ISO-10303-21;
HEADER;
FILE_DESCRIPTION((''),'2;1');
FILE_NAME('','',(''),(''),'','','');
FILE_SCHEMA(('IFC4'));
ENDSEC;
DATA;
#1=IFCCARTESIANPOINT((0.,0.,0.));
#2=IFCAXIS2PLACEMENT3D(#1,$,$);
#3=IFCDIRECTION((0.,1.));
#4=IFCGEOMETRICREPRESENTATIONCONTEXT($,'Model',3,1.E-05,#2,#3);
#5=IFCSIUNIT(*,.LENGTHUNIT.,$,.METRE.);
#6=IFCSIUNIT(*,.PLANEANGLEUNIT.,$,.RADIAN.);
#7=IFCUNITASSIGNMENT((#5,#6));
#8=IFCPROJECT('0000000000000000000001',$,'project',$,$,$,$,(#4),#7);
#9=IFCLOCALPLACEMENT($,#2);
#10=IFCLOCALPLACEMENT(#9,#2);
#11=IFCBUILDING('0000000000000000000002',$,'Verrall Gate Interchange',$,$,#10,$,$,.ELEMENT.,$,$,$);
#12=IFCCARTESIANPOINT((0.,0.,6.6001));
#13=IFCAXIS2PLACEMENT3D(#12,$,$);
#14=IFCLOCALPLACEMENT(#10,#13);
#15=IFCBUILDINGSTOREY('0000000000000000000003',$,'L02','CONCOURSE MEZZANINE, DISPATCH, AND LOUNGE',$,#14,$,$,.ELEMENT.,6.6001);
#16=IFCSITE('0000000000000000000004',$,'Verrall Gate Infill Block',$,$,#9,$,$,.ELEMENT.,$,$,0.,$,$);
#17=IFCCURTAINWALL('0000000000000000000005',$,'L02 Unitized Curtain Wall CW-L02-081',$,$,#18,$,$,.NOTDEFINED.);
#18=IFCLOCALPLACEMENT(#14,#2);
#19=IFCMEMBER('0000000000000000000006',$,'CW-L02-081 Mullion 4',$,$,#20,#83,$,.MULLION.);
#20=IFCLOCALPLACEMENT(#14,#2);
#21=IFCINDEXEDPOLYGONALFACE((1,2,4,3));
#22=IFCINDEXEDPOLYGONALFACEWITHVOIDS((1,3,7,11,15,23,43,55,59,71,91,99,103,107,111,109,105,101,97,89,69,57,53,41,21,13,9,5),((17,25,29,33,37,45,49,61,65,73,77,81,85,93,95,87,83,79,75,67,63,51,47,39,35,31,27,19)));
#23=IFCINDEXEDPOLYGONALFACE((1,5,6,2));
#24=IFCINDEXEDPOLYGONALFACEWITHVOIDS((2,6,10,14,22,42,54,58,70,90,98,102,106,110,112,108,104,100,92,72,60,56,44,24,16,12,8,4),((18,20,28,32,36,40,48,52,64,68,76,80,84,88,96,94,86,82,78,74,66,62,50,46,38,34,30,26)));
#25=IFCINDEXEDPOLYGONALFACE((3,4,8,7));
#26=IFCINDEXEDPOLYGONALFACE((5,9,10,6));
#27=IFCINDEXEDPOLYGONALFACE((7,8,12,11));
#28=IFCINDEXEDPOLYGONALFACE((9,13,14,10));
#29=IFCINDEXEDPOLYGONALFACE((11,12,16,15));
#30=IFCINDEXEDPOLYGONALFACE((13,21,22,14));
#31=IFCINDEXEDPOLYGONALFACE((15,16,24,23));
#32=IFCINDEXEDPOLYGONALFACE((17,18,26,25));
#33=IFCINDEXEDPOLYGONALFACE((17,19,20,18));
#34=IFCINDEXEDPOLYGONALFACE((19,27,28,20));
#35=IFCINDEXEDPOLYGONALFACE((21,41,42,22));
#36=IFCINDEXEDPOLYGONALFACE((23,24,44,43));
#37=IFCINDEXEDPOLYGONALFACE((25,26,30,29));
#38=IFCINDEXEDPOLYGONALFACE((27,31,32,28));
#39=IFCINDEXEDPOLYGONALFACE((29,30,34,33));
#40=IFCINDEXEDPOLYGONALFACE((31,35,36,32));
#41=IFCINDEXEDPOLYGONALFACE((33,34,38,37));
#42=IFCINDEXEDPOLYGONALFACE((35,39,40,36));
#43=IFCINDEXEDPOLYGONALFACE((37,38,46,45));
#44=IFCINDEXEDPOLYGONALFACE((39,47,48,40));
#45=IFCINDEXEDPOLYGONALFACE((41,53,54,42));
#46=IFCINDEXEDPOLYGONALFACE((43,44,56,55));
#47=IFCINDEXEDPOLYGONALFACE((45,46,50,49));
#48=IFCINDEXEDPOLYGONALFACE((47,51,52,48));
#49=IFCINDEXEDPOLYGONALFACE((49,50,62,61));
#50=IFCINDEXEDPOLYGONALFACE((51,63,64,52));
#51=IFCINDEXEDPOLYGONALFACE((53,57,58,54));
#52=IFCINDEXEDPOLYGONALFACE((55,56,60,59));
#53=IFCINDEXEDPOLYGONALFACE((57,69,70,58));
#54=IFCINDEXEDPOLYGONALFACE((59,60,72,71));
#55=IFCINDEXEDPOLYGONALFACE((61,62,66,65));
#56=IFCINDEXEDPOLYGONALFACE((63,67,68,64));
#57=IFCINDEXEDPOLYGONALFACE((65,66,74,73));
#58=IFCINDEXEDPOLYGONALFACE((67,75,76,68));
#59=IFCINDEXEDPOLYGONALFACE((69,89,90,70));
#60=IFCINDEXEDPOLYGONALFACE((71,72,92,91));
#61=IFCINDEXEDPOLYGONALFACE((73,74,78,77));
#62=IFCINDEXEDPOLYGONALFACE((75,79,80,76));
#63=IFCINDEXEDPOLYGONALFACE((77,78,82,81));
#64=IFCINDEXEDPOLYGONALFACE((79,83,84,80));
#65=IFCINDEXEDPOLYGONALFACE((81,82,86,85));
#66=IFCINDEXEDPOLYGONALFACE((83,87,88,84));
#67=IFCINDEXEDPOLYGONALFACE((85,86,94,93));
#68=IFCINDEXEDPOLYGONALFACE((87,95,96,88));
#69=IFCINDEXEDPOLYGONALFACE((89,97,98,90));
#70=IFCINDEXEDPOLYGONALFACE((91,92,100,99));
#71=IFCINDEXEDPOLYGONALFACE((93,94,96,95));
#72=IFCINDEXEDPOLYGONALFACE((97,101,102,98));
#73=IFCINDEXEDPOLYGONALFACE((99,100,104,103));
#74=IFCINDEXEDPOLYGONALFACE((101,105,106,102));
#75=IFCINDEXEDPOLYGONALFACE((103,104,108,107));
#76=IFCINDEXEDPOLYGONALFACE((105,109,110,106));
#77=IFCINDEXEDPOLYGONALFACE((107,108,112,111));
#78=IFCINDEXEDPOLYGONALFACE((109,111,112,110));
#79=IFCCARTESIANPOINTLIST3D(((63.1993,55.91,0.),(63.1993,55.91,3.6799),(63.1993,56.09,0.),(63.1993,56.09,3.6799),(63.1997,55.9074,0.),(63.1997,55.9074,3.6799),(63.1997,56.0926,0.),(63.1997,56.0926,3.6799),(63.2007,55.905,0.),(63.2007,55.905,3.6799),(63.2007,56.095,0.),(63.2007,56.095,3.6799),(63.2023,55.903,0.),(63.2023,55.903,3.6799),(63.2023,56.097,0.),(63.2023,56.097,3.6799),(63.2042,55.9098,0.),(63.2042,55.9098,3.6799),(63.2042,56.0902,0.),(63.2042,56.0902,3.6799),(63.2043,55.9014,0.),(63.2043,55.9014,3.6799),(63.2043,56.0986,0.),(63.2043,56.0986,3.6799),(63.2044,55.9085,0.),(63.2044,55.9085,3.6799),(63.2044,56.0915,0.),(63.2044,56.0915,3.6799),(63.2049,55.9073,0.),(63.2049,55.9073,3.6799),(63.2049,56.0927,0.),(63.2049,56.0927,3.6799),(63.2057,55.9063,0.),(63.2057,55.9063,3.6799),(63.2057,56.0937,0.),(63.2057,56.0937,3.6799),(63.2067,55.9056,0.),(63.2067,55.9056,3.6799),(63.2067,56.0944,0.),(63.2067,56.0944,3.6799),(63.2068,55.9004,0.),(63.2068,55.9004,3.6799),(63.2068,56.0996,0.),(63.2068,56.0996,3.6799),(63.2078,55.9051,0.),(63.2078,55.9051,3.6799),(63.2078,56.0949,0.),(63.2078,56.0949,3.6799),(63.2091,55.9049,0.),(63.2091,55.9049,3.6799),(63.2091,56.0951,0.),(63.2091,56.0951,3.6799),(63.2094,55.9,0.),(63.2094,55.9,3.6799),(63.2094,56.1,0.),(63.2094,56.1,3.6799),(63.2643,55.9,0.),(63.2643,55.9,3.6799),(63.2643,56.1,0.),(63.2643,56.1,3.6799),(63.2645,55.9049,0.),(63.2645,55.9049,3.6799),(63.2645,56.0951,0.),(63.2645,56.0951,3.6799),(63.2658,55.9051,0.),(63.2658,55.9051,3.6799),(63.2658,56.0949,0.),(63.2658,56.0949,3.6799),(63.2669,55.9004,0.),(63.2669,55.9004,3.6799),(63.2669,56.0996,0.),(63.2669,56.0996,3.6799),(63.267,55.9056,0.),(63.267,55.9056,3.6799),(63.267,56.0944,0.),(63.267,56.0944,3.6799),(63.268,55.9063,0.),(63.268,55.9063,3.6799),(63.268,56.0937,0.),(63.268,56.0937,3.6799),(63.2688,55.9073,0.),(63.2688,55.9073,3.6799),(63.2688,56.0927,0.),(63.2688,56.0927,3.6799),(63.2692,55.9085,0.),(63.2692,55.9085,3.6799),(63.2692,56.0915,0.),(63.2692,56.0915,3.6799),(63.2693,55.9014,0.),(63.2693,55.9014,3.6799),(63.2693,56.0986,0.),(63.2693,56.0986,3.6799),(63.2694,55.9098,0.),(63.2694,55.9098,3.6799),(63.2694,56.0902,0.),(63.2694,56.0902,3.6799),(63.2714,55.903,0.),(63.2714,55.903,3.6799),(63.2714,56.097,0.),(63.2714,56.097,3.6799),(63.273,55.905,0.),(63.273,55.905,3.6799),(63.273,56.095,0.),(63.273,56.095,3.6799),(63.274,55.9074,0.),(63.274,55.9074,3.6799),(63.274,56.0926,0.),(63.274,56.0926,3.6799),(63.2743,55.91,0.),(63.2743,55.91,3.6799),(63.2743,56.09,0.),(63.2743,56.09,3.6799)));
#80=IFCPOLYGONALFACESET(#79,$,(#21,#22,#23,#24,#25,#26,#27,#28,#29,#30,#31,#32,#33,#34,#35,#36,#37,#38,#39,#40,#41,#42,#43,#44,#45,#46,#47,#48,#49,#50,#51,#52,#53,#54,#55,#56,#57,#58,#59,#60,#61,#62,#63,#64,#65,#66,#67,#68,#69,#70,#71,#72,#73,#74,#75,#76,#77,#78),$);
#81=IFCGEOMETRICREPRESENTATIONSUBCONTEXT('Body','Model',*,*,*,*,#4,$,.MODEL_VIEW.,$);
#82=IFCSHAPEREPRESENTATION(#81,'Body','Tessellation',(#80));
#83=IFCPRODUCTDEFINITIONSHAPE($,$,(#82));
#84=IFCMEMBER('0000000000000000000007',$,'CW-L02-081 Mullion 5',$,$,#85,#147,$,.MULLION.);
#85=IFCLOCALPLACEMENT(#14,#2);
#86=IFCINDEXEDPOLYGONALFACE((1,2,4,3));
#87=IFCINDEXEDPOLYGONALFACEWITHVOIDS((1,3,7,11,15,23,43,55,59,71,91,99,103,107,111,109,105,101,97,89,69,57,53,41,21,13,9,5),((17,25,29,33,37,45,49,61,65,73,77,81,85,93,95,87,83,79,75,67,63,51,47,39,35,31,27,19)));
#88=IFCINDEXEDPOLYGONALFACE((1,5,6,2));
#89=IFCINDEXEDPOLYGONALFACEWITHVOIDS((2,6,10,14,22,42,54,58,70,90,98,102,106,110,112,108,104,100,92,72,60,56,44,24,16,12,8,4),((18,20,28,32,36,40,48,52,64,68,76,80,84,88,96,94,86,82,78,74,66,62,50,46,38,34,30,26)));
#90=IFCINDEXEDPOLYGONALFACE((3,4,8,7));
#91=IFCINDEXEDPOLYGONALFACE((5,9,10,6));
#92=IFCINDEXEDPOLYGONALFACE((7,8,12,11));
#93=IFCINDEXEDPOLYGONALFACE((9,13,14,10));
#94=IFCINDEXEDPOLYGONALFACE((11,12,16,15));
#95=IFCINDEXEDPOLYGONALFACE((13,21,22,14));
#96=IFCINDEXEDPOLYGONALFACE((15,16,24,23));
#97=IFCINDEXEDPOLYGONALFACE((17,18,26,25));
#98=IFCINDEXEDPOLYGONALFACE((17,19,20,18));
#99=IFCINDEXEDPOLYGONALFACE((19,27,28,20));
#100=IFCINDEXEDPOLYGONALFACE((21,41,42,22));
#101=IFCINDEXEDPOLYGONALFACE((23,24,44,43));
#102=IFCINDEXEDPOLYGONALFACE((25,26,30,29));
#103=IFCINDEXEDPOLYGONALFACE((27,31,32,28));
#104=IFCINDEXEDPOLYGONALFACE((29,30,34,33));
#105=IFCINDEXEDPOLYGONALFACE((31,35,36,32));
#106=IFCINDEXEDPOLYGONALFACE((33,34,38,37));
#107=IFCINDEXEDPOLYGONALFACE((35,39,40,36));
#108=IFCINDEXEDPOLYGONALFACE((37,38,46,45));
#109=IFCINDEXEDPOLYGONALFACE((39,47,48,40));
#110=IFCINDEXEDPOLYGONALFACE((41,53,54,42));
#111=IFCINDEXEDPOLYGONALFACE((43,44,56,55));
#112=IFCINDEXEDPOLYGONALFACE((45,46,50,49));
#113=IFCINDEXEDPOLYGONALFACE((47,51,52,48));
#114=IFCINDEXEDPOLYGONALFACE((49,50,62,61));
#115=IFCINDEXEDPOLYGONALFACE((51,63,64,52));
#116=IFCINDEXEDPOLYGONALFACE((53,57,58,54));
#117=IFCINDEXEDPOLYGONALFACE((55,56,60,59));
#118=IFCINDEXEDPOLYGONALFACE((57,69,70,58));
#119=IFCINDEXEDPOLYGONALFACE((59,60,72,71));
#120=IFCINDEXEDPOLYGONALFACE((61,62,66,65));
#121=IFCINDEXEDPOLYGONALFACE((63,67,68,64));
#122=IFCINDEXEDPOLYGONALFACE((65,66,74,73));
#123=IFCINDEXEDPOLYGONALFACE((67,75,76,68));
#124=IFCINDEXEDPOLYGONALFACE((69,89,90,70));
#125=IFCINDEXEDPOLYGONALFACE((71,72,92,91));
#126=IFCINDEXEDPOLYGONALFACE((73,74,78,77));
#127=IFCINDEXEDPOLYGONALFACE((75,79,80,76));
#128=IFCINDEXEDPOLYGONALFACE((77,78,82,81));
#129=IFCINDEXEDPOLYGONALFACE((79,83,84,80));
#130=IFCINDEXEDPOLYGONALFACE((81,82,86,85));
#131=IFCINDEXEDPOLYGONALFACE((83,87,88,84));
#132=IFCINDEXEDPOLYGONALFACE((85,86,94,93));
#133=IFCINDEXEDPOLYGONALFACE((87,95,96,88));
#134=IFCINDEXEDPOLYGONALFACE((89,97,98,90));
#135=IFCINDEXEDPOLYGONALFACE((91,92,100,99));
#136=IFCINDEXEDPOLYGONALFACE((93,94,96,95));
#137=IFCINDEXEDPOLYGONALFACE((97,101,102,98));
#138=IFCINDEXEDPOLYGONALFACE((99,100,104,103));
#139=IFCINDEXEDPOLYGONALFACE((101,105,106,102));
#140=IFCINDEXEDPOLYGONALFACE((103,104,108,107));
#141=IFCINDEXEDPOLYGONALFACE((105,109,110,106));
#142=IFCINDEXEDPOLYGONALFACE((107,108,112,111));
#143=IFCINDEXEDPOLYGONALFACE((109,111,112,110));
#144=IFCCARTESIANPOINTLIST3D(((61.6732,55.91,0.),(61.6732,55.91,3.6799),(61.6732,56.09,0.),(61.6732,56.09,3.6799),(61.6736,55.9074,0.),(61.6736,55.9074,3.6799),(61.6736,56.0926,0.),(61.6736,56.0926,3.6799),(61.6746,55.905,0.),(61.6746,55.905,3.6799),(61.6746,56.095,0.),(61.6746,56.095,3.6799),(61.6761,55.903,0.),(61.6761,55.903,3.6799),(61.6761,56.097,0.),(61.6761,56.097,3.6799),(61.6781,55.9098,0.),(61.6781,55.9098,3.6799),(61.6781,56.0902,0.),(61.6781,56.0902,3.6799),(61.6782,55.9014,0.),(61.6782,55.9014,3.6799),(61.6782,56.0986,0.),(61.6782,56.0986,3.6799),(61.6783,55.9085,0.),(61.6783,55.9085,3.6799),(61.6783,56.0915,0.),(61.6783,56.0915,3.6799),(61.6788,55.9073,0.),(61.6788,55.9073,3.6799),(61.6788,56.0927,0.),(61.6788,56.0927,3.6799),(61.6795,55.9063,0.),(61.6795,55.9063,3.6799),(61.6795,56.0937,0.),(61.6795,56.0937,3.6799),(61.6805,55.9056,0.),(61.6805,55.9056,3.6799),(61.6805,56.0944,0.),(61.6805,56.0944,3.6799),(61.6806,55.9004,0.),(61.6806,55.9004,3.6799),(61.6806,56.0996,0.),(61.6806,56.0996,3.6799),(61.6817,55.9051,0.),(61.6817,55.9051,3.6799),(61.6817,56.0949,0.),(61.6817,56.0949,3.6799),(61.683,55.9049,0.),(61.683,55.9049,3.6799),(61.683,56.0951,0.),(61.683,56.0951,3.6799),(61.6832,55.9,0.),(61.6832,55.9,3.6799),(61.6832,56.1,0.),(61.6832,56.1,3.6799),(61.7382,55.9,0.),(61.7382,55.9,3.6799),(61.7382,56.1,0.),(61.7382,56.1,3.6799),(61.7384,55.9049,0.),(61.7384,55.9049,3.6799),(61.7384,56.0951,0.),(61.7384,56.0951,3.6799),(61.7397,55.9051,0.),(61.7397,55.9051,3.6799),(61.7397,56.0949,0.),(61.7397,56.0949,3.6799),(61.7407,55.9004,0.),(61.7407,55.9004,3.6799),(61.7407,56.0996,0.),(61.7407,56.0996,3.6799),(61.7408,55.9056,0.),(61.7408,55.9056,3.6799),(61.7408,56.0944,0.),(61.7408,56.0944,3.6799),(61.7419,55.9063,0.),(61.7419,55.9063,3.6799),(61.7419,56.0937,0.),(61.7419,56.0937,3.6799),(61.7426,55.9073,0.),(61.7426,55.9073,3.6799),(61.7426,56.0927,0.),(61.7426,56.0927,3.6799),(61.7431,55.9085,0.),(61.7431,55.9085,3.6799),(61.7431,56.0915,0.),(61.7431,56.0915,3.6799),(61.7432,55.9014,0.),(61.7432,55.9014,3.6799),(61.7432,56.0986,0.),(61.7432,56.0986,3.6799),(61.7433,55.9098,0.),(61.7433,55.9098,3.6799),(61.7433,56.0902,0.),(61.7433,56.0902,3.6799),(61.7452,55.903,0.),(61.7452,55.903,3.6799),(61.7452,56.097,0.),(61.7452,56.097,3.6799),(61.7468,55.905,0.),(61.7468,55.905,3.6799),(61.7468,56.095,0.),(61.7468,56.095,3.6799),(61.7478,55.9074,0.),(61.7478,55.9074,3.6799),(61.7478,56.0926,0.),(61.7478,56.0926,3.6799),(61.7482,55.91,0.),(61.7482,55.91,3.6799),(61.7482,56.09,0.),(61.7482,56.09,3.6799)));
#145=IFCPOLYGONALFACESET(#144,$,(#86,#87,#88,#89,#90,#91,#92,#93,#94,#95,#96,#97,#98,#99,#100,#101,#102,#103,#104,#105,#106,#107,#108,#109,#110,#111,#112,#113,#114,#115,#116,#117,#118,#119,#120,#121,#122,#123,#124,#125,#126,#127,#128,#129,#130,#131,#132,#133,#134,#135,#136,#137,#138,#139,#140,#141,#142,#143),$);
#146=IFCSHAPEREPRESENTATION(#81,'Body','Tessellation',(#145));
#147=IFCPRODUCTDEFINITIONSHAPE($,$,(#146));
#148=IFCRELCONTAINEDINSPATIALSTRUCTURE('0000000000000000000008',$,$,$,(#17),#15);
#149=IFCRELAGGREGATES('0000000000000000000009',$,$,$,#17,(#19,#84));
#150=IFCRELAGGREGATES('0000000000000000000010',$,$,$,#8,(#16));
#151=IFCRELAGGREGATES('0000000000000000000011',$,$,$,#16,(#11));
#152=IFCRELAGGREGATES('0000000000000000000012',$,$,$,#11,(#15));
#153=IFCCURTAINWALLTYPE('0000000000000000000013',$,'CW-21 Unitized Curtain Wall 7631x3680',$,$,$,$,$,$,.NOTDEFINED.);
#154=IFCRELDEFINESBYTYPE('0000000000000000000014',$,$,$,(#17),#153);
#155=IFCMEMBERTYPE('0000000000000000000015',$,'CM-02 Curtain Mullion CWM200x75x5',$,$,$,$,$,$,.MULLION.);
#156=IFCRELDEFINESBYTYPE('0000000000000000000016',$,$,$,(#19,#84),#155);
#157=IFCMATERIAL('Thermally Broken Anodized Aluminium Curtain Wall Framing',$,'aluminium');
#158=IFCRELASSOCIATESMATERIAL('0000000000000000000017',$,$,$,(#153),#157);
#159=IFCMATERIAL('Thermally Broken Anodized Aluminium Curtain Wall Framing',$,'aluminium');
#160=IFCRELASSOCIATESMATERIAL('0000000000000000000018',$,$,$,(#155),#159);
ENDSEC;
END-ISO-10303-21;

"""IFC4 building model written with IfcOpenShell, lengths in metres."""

from ifc_helpers import new_model, si_unit, direction, frame, origin, origin_2d, place, context, subcontext, project, spatial, hollow_rectangle, extrude, material, material_profile, profile_set, type_object, element, aggregate, save


model = new_model("IFC4")

# Units and contexts
model_context = context("Model", 3, precision=1e-05, world=origin(), true_north=direction((0.0, 1.0)))
body_context = subcontext(model_context, "Body", "Model", "MODEL_VIEW")
ifc_project = project(units=[si_unit("LENGTHUNIT", "METRE"), si_unit("PLANEANGLEUNIT", "RADIAN")], contexts=[model_context])

# Site, building, storey
site_placement = place(None, origin())
site = spatial("IfcSite", under=ifc_project, at=site_placement, Name="Verrall Gate Infill Block", CompositionType="ELEMENT", RefElevation=0.0)
building_placement = place(site_placement, origin())
building = spatial("IfcBuilding", under=site, at=building_placement, Name="Verrall Gate Interchange", CompositionType="ELEMENT")
storey_placement = place(building_placement, frame((0.0, 0.0, 6.6001)))
storey = spatial("IfcBuildingStorey", under=building, at=storey_placement, Name="L02", Description="CONCOURSE MEZZANINE, DISPATCH, AND LOUNGE", CompositionType="ELEMENT", Elevation=6.6001)

# Curtain wall, members
ifc_material_1 = material(Name="Thermally Broken Anodized Aluminium Curtain Wall Framing", Category="aluminium")
curtain_wall_type = type_object("IfcCurtainWallType", Name="CW-21 Unitized Curtain Wall 7631x3680", PredefinedType="NOTDEFINED", material=ifc_material_1)
curtain_wall_1_placement = place(storey_placement, origin())
curtain_wall_1 = element("IfcCurtainWall", 1, at=curtain_wall_1_placement, inside=storey, type_object=curtain_wall_type, Name="L02 Unitized Curtain Wall CW-L02-081", PredefinedType="NOTDEFINED")
ifc_material_2 = material(Name="Thermally Broken Anodized Aluminium Curtain Wall Framing", Category="aluminium")
ifc_material_profile_1 = material_profile(ifc_material_2, hollow_rectangle(XDim=0.075, YDim=0.2, WallThickness=0.0049, InnerFilletRadius=0.0049, OuterFilletRadius=0.01, at=origin_2d()), Name="CWM200x75x5")
ifc_profile_set_1 = profile_set([ifc_material_profile_1], Name="Thermally Broken Anodized Aluminium Curtain Wall Framing")
member_type_1 = type_object("IfcMemberType", Name="CM-02 Curtain Mullion CWM200x75x5", PredefinedType="MULLION", material=ifc_profile_set_1)
member_1_placement = place(storey_placement, frame((63.2368, 56.0, 0.0), z_axis=(0.0, 0.0, 1.0), x_axis=(-1.0, 0.0, 0.0)))
member_1 = element("IfcMember", 2, at=member_1_placement, type_object=member_type_1, Name="CW-L02-081 Mullion 4", PredefinedType="MULLION", context=body_context, shape_type="SweptSolid", body=[
    extrude(hollow_rectangle(XDim=0.075, YDim=0.2, WallThickness=0.0049, InnerFilletRadius=0.0049, OuterFilletRadius=0.01, at=origin_2d()), origin(), (0.0, 0.0, 1.0), 3.6799),
])
member_2_placement = place(storey_placement, frame((61.7107, 56.0, 0.0), z_axis=(0.0, 0.0, 1.0), x_axis=(-1.0, 0.0, 0.0)))
member_2 = element("IfcMember", 3, at=member_2_placement, type_object=member_type_1, Name="CW-L02-081 Mullion 5", PredefinedType="MULLION", context=body_context, shape_type="SweptSolid", body=[
    extrude(hollow_rectangle(XDim=0.075, YDim=0.2, WallThickness=0.0049, InnerFilletRadius=0.0049, OuterFilletRadius=0.01, at=origin_2d()), origin(), (0.0, 0.0, 1.0), 3.6799),
])

aggregate(curtain_wall_1, [member_1, member_2])

save(model, "model.ifc")
